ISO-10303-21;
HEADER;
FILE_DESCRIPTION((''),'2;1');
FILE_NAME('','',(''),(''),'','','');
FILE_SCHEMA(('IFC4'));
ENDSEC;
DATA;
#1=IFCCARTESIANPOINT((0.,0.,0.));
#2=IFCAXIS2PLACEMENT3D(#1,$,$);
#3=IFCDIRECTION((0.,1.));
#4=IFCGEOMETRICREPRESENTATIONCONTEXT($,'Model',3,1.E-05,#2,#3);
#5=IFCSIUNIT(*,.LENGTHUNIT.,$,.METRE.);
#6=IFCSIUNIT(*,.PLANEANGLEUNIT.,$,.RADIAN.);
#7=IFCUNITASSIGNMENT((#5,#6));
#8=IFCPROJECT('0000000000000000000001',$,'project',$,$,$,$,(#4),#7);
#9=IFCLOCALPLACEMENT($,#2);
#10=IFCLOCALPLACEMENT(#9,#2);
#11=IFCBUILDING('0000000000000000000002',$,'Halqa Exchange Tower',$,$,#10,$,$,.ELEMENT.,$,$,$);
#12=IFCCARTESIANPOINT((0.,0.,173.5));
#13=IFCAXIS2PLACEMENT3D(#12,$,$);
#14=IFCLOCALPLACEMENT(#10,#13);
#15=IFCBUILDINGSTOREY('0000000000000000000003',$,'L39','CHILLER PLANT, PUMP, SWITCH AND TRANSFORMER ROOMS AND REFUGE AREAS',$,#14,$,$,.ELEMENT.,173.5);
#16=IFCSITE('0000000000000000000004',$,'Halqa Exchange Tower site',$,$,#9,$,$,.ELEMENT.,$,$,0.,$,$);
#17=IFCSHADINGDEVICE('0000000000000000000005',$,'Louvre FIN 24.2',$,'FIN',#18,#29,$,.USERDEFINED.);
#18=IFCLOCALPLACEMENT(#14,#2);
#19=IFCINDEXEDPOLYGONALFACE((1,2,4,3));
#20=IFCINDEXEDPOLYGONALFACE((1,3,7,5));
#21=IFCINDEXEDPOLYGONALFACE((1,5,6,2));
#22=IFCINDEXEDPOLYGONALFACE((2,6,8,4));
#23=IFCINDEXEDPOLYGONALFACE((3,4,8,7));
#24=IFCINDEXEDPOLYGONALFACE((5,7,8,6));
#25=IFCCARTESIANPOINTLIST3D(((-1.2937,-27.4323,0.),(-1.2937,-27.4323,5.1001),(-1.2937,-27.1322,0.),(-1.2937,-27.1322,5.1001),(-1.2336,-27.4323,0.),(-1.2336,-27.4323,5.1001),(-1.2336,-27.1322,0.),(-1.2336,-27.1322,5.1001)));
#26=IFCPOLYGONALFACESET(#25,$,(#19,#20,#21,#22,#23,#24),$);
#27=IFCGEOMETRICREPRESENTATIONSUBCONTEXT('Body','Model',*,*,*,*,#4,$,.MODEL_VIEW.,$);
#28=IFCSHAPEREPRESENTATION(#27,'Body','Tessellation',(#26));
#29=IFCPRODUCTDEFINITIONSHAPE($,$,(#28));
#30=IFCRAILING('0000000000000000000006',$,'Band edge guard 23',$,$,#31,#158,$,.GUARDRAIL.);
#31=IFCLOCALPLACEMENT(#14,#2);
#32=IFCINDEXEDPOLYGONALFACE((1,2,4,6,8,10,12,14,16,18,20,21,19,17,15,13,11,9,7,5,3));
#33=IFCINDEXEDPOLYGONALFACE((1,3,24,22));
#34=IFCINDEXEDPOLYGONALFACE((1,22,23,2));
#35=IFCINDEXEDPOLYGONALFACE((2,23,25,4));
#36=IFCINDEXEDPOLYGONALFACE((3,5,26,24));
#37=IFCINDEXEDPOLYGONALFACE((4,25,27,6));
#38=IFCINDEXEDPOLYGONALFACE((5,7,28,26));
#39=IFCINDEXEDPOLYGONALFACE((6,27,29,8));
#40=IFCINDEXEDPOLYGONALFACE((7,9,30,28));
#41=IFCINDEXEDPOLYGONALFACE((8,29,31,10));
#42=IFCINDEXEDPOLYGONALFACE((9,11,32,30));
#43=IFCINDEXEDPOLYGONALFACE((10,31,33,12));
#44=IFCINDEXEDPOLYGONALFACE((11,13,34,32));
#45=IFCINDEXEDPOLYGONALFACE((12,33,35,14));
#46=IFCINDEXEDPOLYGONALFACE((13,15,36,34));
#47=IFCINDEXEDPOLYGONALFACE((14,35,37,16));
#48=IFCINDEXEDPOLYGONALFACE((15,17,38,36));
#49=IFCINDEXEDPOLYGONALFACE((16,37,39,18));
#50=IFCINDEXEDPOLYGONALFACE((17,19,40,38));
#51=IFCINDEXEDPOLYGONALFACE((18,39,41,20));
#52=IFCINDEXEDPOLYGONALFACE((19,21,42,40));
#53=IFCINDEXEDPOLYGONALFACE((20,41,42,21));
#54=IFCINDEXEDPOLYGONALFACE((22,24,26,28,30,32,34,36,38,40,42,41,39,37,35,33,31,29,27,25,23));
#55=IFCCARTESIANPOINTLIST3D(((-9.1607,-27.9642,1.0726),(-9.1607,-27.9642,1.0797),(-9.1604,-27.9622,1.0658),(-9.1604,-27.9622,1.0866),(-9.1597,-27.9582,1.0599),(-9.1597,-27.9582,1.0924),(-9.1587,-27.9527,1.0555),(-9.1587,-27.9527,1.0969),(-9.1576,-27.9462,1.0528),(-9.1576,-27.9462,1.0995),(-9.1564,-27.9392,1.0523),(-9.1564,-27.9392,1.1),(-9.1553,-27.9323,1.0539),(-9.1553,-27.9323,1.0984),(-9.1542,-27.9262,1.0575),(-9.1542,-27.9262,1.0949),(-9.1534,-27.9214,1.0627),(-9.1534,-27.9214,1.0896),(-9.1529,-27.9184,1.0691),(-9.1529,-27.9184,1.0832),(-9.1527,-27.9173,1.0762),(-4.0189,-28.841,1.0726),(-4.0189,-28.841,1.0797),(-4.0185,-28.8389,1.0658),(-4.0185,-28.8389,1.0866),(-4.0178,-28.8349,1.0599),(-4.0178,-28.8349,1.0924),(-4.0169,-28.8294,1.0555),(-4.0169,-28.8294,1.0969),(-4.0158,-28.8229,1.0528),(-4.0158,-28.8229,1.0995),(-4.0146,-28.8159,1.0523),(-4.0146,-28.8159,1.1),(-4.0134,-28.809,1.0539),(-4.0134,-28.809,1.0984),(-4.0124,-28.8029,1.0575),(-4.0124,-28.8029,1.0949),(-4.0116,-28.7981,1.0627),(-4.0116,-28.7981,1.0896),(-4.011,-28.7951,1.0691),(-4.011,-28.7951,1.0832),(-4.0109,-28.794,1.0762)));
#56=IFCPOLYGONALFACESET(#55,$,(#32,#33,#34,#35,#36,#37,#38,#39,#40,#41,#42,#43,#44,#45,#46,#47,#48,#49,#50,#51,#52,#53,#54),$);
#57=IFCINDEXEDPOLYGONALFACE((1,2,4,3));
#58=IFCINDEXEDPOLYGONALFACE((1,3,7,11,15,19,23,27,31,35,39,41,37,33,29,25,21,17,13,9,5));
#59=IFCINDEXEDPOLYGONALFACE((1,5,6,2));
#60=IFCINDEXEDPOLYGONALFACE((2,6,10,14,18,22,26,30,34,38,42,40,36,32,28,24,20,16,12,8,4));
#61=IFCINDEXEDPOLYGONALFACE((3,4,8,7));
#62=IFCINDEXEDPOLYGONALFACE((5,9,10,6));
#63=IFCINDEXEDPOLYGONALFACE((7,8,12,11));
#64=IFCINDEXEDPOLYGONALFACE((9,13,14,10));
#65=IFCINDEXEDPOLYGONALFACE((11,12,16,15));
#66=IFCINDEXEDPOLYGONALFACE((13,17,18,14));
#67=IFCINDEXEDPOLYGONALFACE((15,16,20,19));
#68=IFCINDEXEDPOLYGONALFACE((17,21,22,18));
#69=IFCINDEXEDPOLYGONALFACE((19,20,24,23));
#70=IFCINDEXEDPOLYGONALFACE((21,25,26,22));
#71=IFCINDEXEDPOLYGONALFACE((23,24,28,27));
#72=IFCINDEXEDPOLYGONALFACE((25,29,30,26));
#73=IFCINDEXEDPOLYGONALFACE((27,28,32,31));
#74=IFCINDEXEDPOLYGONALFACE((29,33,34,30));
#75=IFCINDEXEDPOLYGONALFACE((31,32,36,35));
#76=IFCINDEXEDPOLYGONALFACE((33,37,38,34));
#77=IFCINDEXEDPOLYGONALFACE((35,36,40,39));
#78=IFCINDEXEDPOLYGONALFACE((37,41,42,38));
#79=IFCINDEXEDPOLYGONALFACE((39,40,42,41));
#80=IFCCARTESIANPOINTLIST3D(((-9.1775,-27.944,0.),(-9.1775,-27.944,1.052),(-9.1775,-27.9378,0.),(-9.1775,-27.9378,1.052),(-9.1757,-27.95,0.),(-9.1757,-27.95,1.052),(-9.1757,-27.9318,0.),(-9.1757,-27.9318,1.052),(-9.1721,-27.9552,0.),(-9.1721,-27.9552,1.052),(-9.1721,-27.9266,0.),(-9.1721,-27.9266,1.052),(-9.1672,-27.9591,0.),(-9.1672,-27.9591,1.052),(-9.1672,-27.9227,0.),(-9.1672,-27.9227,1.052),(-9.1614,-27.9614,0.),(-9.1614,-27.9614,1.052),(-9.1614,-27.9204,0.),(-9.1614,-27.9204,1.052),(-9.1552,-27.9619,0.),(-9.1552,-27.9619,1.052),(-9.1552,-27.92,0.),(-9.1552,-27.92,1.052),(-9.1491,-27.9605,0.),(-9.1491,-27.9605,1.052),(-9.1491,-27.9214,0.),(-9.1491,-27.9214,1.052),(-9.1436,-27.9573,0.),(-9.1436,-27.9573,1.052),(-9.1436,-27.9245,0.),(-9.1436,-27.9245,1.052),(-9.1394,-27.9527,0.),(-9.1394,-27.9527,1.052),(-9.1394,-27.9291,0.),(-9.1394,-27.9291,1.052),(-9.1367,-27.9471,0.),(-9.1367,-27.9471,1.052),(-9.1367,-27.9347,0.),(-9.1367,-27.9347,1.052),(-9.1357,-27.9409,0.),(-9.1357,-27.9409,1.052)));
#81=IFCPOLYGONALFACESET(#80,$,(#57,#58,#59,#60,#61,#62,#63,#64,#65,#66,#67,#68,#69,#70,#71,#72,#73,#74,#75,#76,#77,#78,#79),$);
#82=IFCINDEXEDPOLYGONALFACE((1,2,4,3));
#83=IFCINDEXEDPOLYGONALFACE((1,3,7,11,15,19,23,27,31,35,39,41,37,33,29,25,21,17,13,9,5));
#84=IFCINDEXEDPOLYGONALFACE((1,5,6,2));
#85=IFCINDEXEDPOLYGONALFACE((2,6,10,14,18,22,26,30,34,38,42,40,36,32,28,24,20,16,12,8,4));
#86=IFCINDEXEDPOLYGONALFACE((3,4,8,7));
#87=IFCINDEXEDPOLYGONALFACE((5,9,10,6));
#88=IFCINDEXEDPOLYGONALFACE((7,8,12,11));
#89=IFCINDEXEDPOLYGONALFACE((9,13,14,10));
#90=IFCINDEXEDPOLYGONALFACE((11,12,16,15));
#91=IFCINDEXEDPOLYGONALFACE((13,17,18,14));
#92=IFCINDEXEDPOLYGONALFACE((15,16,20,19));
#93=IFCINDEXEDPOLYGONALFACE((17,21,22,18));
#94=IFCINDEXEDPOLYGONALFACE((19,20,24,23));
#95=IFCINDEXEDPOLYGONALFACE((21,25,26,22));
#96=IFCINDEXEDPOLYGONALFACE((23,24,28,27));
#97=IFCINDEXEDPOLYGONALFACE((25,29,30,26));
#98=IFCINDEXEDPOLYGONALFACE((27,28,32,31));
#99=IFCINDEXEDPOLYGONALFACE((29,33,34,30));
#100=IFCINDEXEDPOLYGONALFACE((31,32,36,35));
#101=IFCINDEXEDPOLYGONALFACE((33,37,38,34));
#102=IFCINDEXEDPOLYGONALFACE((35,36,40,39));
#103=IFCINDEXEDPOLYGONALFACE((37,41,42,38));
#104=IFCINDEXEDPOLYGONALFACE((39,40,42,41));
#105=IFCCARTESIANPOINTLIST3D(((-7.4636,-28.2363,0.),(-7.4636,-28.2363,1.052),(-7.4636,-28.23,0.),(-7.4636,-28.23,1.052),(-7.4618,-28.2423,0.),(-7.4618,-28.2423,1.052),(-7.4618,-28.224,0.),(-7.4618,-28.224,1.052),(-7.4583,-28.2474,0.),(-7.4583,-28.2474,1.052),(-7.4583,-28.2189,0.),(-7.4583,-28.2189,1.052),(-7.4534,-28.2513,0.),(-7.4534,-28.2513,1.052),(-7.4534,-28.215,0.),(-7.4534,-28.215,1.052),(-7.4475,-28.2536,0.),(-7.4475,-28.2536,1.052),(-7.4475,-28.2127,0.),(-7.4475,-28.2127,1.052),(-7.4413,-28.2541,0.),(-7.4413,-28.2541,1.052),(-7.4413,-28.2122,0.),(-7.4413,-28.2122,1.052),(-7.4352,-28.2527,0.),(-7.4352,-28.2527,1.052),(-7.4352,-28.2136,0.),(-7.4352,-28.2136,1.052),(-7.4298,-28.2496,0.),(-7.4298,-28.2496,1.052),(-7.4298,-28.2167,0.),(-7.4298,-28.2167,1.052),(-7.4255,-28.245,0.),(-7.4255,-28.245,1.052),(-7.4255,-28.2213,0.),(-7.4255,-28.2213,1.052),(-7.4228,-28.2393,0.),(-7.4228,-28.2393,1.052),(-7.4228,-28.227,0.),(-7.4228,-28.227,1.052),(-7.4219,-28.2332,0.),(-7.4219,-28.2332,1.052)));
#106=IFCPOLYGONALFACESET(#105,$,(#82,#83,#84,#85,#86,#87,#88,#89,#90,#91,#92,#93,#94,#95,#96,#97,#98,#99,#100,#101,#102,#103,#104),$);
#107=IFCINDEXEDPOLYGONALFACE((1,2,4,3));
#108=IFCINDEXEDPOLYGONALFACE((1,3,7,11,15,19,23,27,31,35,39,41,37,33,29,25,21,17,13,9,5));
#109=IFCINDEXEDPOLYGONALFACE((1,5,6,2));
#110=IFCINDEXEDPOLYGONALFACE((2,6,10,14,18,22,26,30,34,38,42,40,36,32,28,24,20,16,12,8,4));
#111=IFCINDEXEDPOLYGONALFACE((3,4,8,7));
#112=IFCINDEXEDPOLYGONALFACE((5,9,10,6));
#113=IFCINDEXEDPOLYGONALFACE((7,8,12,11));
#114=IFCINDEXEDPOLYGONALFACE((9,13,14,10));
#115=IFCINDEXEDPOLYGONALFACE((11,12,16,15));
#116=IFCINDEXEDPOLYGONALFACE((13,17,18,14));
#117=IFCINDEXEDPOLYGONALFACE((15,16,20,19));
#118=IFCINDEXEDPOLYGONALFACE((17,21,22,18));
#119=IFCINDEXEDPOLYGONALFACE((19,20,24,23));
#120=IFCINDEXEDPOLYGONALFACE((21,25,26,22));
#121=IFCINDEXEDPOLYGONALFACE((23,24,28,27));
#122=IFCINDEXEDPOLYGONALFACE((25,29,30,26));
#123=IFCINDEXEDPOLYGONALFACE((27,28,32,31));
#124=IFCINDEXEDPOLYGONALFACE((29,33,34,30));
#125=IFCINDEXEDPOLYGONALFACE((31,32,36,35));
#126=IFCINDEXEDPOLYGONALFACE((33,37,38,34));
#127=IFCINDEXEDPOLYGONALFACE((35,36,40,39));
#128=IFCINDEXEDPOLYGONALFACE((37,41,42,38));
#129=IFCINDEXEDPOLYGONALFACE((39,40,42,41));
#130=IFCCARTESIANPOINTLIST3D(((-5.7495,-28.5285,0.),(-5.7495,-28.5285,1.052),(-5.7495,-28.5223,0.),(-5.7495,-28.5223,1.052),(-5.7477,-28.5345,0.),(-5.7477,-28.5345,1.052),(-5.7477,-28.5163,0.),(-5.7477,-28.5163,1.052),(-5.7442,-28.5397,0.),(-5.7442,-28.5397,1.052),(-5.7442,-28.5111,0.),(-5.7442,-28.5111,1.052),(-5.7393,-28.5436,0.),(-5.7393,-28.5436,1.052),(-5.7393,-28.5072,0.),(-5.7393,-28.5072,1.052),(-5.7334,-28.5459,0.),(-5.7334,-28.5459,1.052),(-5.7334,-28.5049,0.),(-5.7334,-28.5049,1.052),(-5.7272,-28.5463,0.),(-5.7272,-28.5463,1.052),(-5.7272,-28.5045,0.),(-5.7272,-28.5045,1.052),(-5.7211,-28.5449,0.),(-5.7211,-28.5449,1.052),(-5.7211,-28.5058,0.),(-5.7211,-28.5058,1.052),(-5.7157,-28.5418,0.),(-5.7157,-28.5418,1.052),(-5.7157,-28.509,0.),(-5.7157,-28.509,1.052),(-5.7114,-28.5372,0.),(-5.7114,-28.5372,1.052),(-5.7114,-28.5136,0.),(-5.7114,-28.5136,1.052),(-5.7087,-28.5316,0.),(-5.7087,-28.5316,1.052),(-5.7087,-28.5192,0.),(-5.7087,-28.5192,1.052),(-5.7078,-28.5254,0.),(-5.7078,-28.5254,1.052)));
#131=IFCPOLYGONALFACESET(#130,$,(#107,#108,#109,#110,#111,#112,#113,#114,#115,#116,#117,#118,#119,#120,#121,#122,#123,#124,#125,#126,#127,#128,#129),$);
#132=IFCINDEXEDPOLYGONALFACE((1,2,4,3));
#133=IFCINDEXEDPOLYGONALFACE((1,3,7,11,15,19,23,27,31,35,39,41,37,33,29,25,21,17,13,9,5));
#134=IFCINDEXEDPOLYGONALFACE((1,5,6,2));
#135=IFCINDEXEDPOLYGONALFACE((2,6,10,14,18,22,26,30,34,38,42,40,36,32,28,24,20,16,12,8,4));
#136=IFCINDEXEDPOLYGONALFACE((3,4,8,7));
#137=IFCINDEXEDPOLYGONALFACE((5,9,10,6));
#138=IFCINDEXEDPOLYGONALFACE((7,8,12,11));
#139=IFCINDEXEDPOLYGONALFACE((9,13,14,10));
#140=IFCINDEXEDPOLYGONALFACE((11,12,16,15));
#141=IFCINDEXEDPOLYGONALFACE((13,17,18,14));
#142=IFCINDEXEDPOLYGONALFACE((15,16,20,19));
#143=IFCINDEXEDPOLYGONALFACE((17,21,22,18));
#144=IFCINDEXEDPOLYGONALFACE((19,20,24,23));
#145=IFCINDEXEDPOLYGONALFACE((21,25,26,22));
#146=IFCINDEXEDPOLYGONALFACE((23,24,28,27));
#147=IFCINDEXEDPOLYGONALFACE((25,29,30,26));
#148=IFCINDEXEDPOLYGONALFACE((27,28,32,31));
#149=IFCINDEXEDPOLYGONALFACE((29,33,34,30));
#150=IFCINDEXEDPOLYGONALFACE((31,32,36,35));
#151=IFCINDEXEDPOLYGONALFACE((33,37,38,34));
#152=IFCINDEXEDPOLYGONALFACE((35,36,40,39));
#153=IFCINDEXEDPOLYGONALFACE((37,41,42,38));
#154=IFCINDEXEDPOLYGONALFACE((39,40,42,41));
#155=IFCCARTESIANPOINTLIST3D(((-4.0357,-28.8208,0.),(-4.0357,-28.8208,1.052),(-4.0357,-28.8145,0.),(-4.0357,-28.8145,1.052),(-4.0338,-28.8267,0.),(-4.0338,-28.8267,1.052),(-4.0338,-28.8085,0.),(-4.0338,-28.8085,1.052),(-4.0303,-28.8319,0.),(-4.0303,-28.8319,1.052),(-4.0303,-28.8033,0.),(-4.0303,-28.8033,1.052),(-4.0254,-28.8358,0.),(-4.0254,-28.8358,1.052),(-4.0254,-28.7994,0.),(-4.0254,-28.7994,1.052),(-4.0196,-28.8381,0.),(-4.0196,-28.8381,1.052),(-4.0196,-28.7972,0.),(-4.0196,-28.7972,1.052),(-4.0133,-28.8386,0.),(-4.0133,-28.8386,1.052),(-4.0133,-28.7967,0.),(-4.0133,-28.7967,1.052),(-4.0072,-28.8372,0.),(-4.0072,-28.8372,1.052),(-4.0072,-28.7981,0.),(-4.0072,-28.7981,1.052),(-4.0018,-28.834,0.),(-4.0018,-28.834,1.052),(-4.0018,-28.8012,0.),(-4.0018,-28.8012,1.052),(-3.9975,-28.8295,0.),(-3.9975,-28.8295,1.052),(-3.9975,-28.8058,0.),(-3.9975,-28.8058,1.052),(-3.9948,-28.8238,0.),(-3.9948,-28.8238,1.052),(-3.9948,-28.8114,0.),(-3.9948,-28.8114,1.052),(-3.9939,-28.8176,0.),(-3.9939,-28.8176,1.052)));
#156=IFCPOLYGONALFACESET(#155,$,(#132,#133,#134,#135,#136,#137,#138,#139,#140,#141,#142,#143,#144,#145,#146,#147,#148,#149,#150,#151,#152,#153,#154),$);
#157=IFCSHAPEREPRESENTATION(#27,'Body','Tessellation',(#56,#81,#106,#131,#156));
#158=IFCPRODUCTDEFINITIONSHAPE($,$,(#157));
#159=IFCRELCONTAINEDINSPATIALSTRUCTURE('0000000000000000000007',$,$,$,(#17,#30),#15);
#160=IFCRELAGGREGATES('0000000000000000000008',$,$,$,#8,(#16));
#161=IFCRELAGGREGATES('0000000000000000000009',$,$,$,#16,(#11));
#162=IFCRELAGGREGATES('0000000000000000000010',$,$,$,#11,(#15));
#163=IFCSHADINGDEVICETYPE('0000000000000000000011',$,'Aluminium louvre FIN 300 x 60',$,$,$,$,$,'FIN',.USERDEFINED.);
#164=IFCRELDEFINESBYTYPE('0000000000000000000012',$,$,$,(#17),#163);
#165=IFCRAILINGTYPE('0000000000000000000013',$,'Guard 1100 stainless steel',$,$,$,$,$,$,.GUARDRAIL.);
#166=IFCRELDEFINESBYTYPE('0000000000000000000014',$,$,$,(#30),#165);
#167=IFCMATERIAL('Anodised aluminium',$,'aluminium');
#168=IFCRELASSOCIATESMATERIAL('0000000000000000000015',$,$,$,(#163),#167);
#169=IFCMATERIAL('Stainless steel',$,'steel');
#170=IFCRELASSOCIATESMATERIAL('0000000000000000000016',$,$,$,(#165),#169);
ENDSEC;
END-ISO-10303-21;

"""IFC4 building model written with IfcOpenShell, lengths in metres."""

from ifc_helpers import new_model, si_unit, direction, frame, origin, origin_2d, place, context, subcontext, project, spatial, rectangle, circle, extrude, material, material_profile, profile_set, type_object, element, save


model = new_model("IFC4")

# Units and contexts
model_context = context("Model", 3, precision=1e-05, world=origin(), true_north=direction((0.0, 1.0)))
body_context = subcontext(model_context, "Body", "Model", "MODEL_VIEW")
ifc_project = project(units=[si_unit("LENGTHUNIT", "METRE"), si_unit("PLANEANGLEUNIT", "RADIAN")], contexts=[model_context])

# Site, building, storey
site_placement = place(None, origin())
site = spatial("IfcSite", under=ifc_project, at=site_placement, Name="Halqa Exchange Tower site", CompositionType="ELEMENT", RefElevation=0.0)
building_placement = place(site_placement, origin())
building = spatial("IfcBuilding", under=site, at=building_placement, Name="Halqa Exchange Tower", CompositionType="ELEMENT")
storey_placement = place(building_placement, frame((0.0, 0.0, 173.5)))
storey = spatial("IfcBuildingStorey", under=building, at=storey_placement, Name="L39", Description="CHILLER PLANT, PUMP, SWITCH AND TRANSFORMER ROOMS AND REFUGE AREAS", CompositionType="ELEMENT", Elevation=173.5)

# Shading device
ifc_material_1 = material(Name="Anodised aluminium", Category="aluminium")
ifc_material_profile_1 = material_profile(ifc_material_1, rectangle(XDim=0.3, YDim=0.0601, at=origin_2d()), Name="AL FIN 300x60")
ifc_profile_set_1 = profile_set([ifc_material_profile_1], Name="Anodised aluminium")
shading_device_type = type_object("IfcShadingDeviceType", Name="Aluminium louvre FIN 300 x 60", ElementType="FIN", PredefinedType="USERDEFINED", material=ifc_profile_set_1)
for number, where, z_axis, x_axis, name in (
    (1, (-1.2637, -27.2822, 0.0), (0.0, 0.0, 1.0), (0.0, 1.0, 0.0), "Louvre FIN 24.2"),
):
    element("IfcShadingDevice", number, at=place(storey_placement, frame(where, z_axis=z_axis, x_axis=x_axis)), inside=storey, type_object=shading_device_type, Name=name, ObjectType="FIN", PredefinedType="USERDEFINED", context=body_context, shape_type="SweptSolid", body=[
        extrude(rectangle(XDim=0.3, YDim=0.0601, at=origin_2d()), origin(), (0.0, 0.0, 1.0), 5.1001),
    ])

# Railing
ifc_material_2 = material(Name="Stainless steel", Category="steel")
railing_type = type_object("IfcRailingType", Name="Guard 1100 stainless steel", PredefinedType="GUARDRAIL", material=ifc_material_2)
railing_1_placement = place(storey_placement, frame((-9.1567, -27.9409, 0.0)))
element("IfcRailing", 2, at=railing_1_placement, inside=storey, type_object=railing_type, Name="Band edge guard 23", PredefinedType="GUARDRAIL", context=body_context, shape_type="SweptSolid", body=[
    extrude(circle(Radius=0.0239, at=origin_2d()), frame((0.0, 0.0, 1.0762), z_axis=(0.985774, -0.168079, 0.0), x_axis=(0.168079, 0.985774, 0.0)), (0.0, 0.0, 1.0), 5.2161),
    extrude(circle(Radius=0.021, at=origin_2d()), origin(), (0.0, 0.0, 1.0), 1.052),
    extrude(circle(Radius=0.021, at=origin_2d()), frame((1.7139, -0.2922, 0.0)), (0.0, 0.0, 1.0), 1.052),
    extrude(circle(Radius=0.021, at=origin_2d()), frame((3.428, -0.5845, 0.0)), (0.0, 0.0, 1.0), 1.052),
    extrude(circle(Radius=0.021, at=origin_2d()), frame((5.1418, -0.8767, 0.0)), (0.0, 0.0, 1.0), 1.052),
])

save(model, "model.ifc")
